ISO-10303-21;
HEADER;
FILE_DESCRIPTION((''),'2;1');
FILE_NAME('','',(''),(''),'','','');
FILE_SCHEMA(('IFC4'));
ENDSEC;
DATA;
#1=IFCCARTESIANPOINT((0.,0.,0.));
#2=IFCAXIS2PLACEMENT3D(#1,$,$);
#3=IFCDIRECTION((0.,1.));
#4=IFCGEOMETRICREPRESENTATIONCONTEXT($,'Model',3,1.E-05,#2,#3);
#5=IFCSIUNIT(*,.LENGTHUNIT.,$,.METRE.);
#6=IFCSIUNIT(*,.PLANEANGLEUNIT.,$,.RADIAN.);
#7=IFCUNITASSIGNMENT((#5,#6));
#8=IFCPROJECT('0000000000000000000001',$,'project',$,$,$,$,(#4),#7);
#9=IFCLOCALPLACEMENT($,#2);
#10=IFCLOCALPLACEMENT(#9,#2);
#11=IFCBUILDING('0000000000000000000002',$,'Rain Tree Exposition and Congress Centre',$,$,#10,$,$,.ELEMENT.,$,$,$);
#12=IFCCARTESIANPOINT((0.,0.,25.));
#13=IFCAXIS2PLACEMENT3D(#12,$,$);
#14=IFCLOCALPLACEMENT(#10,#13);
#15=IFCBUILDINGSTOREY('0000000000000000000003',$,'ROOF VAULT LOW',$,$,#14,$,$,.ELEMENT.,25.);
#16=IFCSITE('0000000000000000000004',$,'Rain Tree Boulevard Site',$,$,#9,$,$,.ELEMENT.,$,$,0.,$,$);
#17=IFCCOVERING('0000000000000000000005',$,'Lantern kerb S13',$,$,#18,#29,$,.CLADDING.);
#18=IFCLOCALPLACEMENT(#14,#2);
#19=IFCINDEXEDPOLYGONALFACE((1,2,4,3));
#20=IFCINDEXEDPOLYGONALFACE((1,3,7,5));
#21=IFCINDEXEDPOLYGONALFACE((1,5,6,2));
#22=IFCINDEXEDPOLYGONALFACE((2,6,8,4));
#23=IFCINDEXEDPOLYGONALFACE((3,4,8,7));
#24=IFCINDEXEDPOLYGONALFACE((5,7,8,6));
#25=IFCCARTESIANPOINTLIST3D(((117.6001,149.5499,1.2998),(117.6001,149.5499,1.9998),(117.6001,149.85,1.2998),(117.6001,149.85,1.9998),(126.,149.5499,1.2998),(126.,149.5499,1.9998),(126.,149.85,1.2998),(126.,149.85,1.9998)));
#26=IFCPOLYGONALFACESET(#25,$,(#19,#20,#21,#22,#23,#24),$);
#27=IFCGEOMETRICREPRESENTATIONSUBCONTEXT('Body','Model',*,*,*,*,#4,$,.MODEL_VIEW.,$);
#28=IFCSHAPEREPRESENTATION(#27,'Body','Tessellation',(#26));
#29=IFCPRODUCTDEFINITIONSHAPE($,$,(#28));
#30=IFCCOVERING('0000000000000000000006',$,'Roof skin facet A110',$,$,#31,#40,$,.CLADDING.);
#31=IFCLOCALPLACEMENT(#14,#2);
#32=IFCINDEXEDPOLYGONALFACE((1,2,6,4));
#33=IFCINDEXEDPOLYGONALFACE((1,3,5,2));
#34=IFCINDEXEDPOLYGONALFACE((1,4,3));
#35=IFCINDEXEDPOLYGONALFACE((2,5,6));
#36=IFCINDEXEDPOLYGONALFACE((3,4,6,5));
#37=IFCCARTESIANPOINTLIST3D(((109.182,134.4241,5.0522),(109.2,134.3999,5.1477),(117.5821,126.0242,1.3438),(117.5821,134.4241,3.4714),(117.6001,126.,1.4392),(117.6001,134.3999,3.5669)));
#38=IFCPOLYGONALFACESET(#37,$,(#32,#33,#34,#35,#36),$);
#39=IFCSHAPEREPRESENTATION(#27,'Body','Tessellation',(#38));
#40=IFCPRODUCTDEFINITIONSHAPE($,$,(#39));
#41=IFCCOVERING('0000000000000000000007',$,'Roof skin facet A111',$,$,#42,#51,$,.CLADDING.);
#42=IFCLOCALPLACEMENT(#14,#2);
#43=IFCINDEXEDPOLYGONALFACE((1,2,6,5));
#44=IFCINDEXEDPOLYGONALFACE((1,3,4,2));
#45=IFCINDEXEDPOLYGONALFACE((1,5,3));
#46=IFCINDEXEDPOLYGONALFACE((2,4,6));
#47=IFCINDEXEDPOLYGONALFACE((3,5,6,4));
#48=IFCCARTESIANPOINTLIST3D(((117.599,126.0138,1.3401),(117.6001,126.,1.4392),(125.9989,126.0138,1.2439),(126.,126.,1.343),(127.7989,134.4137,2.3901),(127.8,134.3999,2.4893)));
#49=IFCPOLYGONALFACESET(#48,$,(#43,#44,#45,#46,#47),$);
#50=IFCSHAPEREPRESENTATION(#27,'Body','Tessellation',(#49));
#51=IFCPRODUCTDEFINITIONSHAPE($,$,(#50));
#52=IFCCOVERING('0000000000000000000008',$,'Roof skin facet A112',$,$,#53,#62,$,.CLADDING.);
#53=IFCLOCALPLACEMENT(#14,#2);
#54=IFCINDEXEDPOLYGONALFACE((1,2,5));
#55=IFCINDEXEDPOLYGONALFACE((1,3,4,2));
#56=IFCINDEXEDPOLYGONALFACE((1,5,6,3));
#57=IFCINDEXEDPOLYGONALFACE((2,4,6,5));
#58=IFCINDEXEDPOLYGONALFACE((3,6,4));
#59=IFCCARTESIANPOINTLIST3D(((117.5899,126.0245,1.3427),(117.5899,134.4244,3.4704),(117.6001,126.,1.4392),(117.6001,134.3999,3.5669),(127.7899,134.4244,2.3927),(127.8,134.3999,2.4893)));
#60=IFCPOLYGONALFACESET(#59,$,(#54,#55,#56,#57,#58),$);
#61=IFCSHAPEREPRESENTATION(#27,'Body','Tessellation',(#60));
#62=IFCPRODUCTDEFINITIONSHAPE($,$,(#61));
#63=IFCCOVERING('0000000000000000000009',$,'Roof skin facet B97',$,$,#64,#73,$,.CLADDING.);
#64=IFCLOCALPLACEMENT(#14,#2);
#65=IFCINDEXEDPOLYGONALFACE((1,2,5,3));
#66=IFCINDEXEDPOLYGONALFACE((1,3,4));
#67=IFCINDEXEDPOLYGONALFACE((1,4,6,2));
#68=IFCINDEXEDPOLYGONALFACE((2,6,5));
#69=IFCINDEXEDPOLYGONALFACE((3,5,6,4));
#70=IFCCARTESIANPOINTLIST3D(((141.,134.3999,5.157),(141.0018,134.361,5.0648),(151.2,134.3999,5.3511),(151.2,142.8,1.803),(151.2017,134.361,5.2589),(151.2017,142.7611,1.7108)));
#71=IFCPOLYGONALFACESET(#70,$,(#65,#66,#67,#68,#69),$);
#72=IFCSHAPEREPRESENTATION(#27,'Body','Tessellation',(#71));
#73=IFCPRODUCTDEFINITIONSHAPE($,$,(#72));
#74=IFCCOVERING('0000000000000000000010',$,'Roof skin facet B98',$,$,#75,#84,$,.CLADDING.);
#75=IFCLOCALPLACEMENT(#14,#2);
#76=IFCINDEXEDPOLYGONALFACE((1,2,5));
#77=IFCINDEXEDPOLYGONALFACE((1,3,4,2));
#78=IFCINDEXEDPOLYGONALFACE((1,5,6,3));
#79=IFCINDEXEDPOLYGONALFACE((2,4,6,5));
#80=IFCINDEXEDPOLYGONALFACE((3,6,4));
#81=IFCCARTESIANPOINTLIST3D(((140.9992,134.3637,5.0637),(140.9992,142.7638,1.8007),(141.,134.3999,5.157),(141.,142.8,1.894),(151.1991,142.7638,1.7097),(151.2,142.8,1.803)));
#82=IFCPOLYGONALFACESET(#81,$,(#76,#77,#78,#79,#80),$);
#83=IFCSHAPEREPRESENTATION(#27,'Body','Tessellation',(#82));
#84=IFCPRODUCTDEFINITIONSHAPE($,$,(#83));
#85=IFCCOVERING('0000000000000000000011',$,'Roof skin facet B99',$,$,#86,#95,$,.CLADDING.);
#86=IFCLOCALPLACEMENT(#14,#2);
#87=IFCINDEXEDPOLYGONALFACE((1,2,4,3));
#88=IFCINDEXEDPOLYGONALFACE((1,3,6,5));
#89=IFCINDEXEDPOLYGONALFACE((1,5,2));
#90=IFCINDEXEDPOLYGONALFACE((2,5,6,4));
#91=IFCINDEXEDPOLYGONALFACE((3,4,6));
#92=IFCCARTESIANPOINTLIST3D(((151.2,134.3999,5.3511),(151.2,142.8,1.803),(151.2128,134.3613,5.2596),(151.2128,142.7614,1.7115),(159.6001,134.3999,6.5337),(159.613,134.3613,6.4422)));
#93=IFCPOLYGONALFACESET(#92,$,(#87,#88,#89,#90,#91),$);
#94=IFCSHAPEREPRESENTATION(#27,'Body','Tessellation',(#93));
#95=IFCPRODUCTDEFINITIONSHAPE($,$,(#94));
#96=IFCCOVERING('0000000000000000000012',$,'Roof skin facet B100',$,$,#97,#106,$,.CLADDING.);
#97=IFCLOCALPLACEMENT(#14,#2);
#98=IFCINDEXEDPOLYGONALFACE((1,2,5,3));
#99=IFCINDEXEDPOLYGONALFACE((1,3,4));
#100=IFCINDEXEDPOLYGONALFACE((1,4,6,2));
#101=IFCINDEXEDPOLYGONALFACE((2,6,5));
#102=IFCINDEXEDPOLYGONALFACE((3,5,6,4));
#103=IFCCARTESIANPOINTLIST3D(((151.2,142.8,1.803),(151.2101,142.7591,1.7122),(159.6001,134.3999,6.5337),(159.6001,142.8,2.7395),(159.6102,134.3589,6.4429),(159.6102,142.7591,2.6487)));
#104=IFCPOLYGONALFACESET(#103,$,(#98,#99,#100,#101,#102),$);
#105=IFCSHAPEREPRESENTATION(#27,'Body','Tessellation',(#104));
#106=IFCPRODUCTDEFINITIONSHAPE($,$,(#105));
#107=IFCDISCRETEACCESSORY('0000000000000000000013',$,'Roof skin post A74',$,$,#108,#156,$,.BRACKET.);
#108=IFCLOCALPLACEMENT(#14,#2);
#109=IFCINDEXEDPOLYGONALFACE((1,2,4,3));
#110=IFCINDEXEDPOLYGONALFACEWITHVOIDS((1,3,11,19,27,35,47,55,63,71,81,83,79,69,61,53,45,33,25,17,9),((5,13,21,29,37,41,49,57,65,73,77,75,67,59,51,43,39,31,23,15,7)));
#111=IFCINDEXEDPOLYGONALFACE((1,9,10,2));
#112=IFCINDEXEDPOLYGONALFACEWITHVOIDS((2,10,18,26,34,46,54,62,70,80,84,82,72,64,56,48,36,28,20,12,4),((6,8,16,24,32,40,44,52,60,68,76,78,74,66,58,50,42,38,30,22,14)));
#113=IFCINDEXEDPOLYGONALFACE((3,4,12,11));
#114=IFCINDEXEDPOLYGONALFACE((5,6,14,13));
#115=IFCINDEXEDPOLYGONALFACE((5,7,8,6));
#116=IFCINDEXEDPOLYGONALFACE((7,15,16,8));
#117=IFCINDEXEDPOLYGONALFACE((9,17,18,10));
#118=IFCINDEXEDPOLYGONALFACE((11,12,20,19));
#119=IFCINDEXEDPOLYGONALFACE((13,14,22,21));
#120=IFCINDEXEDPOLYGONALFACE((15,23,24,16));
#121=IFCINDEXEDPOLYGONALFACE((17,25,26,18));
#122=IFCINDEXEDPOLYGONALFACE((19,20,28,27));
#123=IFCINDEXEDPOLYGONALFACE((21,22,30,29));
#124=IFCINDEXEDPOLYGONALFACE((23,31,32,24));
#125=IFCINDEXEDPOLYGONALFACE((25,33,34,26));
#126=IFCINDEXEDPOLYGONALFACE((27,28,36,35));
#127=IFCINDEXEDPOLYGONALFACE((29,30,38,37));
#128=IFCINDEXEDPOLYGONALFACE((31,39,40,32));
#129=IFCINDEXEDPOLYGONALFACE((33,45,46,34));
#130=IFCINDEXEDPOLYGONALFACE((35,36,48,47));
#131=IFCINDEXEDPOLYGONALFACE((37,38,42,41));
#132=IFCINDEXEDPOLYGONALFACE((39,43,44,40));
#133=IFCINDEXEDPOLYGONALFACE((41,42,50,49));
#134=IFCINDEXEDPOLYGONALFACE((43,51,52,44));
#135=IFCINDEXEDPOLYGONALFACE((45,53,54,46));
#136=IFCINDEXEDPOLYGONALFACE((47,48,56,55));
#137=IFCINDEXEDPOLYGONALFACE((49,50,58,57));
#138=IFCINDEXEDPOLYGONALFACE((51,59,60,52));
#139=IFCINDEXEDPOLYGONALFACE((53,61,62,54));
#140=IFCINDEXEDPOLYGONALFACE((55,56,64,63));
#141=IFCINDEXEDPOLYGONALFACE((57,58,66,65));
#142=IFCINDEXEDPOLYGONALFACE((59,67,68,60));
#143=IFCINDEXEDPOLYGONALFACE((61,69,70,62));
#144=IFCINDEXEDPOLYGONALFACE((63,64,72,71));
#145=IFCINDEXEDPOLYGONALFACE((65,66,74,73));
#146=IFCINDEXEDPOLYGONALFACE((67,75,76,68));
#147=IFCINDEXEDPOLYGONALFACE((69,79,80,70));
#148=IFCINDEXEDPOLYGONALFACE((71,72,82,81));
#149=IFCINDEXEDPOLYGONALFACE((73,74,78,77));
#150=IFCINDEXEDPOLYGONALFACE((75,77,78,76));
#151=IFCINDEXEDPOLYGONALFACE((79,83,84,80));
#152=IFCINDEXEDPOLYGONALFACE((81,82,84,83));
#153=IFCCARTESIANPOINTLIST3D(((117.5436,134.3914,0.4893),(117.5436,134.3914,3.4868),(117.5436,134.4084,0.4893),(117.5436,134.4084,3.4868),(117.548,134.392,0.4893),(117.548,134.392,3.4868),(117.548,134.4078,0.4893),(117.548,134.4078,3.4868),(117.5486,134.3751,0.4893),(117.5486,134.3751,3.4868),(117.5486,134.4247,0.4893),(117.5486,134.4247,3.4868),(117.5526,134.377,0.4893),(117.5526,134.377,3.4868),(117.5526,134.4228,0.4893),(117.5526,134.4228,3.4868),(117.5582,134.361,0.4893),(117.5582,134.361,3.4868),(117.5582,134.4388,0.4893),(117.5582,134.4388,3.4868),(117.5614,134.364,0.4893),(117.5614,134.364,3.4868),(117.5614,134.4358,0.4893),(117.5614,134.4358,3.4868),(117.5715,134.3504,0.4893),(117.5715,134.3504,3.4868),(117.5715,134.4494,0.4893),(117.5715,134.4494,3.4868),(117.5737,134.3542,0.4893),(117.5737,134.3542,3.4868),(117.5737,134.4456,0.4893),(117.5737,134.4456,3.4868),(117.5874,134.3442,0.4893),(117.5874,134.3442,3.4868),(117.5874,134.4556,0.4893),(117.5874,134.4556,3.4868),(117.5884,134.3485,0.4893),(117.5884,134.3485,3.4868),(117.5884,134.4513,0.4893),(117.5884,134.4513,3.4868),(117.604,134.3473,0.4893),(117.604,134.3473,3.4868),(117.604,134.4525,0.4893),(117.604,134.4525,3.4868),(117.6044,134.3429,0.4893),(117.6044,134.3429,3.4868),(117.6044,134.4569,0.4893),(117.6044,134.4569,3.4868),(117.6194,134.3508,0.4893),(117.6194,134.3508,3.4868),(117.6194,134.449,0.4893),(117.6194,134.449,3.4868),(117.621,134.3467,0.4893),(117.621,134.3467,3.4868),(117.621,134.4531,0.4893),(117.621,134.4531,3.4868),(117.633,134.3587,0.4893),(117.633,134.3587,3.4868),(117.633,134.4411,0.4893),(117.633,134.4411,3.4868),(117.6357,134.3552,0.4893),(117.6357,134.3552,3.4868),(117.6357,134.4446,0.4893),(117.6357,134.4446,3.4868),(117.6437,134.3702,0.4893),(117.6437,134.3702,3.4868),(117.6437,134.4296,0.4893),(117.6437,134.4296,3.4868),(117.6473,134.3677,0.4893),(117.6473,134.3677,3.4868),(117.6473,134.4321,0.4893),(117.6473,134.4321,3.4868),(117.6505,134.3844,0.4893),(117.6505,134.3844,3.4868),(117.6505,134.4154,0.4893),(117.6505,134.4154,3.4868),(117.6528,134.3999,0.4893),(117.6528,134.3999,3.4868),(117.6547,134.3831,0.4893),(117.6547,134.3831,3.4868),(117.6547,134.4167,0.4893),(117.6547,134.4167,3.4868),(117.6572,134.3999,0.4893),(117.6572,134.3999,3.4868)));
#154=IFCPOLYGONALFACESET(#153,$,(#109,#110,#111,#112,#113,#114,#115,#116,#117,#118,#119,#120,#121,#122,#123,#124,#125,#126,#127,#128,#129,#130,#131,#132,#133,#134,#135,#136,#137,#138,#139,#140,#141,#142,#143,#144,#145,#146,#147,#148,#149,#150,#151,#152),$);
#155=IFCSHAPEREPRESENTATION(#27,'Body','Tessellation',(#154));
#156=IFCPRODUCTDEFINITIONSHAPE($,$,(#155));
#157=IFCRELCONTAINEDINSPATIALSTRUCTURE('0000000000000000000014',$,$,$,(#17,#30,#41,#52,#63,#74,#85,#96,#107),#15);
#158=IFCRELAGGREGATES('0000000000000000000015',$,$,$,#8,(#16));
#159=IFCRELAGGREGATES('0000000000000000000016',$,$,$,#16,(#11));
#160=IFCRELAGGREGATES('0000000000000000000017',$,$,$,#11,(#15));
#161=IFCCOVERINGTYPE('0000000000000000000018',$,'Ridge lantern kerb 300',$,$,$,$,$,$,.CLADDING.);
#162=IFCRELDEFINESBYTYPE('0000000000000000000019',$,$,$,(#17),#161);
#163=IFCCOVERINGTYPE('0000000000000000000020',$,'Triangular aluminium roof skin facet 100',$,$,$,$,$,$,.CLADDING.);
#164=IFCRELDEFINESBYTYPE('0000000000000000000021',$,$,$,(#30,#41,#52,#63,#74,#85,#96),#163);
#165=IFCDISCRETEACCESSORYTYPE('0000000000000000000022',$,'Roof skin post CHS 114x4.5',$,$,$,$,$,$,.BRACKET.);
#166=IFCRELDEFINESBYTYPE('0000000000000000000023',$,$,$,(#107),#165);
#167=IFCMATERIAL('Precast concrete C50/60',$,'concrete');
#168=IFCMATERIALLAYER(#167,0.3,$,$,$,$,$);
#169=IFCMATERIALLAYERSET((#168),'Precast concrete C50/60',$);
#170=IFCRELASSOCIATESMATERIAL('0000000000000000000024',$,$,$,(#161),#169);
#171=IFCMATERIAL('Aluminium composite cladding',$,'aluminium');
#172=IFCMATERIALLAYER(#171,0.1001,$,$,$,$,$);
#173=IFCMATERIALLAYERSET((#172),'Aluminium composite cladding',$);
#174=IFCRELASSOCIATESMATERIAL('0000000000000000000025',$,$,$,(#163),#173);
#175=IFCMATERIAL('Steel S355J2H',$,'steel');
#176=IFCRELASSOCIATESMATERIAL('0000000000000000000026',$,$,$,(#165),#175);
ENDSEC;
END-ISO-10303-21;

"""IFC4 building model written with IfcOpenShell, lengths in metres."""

from ifc_helpers import new_model, si_unit, direction, frame, origin, origin_2d, place, context, subcontext, project, spatial, polyline, rectangle, hollow_circle, outline, extrude, material, layer, layer_set, material_profile, profile_set, type_object, element, save


model = new_model("IFC4")

# Units and contexts
model_context = context("Model", 3, precision=1e-05, world=origin(), true_north=direction((0.0, 1.0)))
body_context = subcontext(model_context, "Body", "Model", "MODEL_VIEW")
ifc_project = project(units=[si_unit("LENGTHUNIT", "METRE"), si_unit("PLANEANGLEUNIT", "RADIAN")], contexts=[model_context])

# Site, building, storey
site_placement = place(None, origin())
site = spatial("IfcSite", under=ifc_project, at=site_placement, Name="Rain Tree Boulevard Site", CompositionType="ELEMENT", RefElevation=0.0)
building_placement = place(site_placement, origin())
building = spatial("IfcBuilding", under=site, at=building_placement, Name="Rain Tree Exposition and Congress Centre", CompositionType="ELEMENT")
storey_placement = place(building_placement, frame((0.0, 0.0, 25.0)))
storey = spatial("IfcBuildingStorey", under=building, at=storey_placement, Name="ROOF VAULT LOW", CompositionType="ELEMENT", Elevation=25.0)

# Coverings
ifc_material_1 = material(Name="Precast concrete C50/60", Category="concrete")
ifc_layer_1 = layer(ifc_material_1, 0.3)
ifc_layer_set_1 = layer_set([ifc_layer_1], Name="Precast concrete C50/60")
covering_type_1 = type_object("IfcCoveringType", Name="Ridge lantern kerb 300", PredefinedType="CLADDING", material=ifc_layer_set_1)
covering_1_placement = place(storey_placement, frame((121.8, 149.7, 1.2998), z_axis=(0.0, 0.0, 1.0), x_axis=(1.0, 0.0, 0.0)))
element("IfcCovering", 1, at=covering_1_placement, inside=storey, type_object=covering_type_1, Name="Lantern kerb S13", PredefinedType="CLADDING", context=body_context, shape_type="SweptSolid", body=[
    extrude(rectangle(XDim=8.3999, YDim=0.3, at=origin_2d()), origin(), (0.0, 0.0, 1.0), 0.7),
])
ifc_material_2 = material(Name="Aluminium composite cladding", Category="aluminium")
ifc_layer_2 = layer(ifc_material_2, 0.1001)
ifc_layer_set_2 = layer_set([ifc_layer_2], Name="Aluminium composite cladding")
covering_type_2 = type_object("IfcCoveringType", Name="Triangular aluminium roof skin facet 100", PredefinedType="CLADDING", material=ifc_layer_set_2)
covering_2_placement = place(storey_placement, frame((117.6001, 126.0, 1.4392), z_axis=(0.179465, -0.241558, 0.953647), x_axis=(0.0, 0.969385, 0.245544)))
element("IfcCovering", 2, at=covering_2_placement, inside=storey, type_object=covering_type_2, Name="Roof skin facet A110", PredefinedType="CLADDING", context=body_context, shape_type="SweptSolid", body=[
    extrude(outline(polyline([(0.0, 0.0), (8.6652, 0.0), (9.0533, 8.5388), (0.0, 0.0)])), origin(), (0.0, 0.0, -1.0), 0.1001),
])
covering_3_placement = place(storey_placement, frame((117.6001, 126.0, 1.4392), z_axis=(0.011342, -0.137583, 0.990425), x_axis=(0.999934, 0.0, -0.011451)))
element("IfcCovering", 3, at=covering_3_placement, inside=storey, type_object=covering_type_2, Name="Roof skin facet A111", PredefinedType="CLADDING", context=body_context, shape_type="SweptSolid", body=[
    extrude(outline(polyline([(0.0, 0.0), (8.4005, 0.0), (10.1873, 8.4805), (0.0, 0.0)])), origin(), (0.0, 0.0, -1.0), 0.1001),
])
covering_4_placement = place(storey_placement, frame((117.6001, 126.0, 1.4392), z_axis=(0.101884, -0.244266, 0.964341), x_axis=(0.769506, 0.633707, 0.079218)))
element("IfcCovering", 4, at=covering_4_placement, inside=storey, type_object=covering_type_2, Name="Roof skin facet A112", PredefinedType="CLADDING", context=body_context, shape_type="SweptSolid", body=[
    extrude(outline(polyline([(0.0, 0.0), (13.2552, 0.0), (5.4916, 6.7028), (0.0, 0.0)])), origin(), (0.0, 0.0, -1.0), 0.1001),
])
covering_5_placement = place(storey_placement, frame((141.0, 134.3999, 5.157), z_axis=(-0.017526, 0.38904, 0.921054), x_axis=(0.999819, 0.0, 0.019025)))
element("IfcCovering", 5, at=covering_5_placement, inside=storey, type_object=covering_type_2, Name="Roof skin facet B97", PredefinedType="CLADDING", context=body_context, shape_type="SweptSolid", body=[
    extrude(outline(polyline([(0.0, 0.0), (10.2018, 0.0), (10.1343, 9.1185), (0.0, 0.0)])), origin(), (0.0, 0.0, -1.0), 0.1001),
])
covering_6_placement = place(storey_placement, frame((141.0, 134.3999, 5.157), z_axis=(0.008322, 0.362069, 0.932114), x_axis=(0.748197, 0.616176, -0.246026)))
element("IfcCovering", 6, at=covering_6_placement, inside=storey, type_object=covering_type_2, Name="Roof skin facet B98", PredefinedType="CLADDING", context=body_context, shape_type="SweptSolid", body=[
    extrude(outline(polyline([(0.0, 0.0), (13.6327, 0.0), (5.9787, 6.7427), (0.0, 0.0)])), origin(), (0.0, 0.0, -1.0), 0.1001),
])
covering_7_placement = place(storey_placement, frame((151.2, 134.3999, 5.3511), z_axis=(-0.128614, 0.385868, 0.913545), x_axis=(0.990235, 0.0, 0.13941)))
element("IfcCovering", 7, at=covering_7_placement, inside=storey, type_object=covering_type_2, Name="Roof skin facet B99", PredefinedType="CLADDING", context=body_context, shape_type="SweptSolid", body=[
    extrude(outline(polyline([(0.0, 0.0), (8.483, 0.0), (-0.4946, 9.1053), (0.0, 0.0)])), origin(), (0.0, 0.0, -1.0), 0.1001),
])
covering_8_placement = place(storey_placement, frame((159.6001, 134.3999, 6.5337), z_axis=(-0.101085, 0.40953, 0.906679), x_axis=(0.0, 0.911347, -0.411639)))
element("IfcCovering", 8, at=covering_8_placement, inside=storey, type_object=covering_type_2, Name="Roof skin facet B100", PredefinedType="CLADDING", context=body_context, shape_type="SweptSolid", body=[
    extrude(outline(polyline([(0.0, 0.0), (9.2173, 0.0), (9.6028, 8.4434), (0.0, 0.0)])), origin(), (0.0, 0.0, -1.0), 0.1001),
])

# Discrete accessory
ifc_material_3 = material(Name="Steel S355J2H", Category="steel")
ifc_material_profile_1 = material_profile(ifc_material_3, hollow_circle(Radius=0.0571, WallThickness=0.0044, at=origin_2d()), Name="CHS 114x4.5")
ifc_profile_set_1 = profile_set([ifc_material_profile_1], Name="Steel S355J2H")
discrete_accessory_type = type_object("IfcDiscreteAccessoryType", Name="Roof skin post CHS 114x4.5", PredefinedType="BRACKET", material=ifc_profile_set_1)
discrete_accessory_1_placement = place(storey_placement, frame((117.6001, 134.3999, 0.4893), z_axis=(0.0, 0.0, 1.0), x_axis=(1.0, 0.0, 0.0)))
element("IfcDiscreteAccessory", 9, at=discrete_accessory_1_placement, inside=storey, type_object=discrete_accessory_type, Name="Roof skin post A74", PredefinedType="BRACKET", context=body_context, shape_type="SweptSolid", body=[
    extrude(hollow_circle(Radius=0.0571, WallThickness=0.0044, at=origin_2d()), origin(), (0.0, 0.0, 1.0), 2.9976),
])

save(model, "model.ifc")
